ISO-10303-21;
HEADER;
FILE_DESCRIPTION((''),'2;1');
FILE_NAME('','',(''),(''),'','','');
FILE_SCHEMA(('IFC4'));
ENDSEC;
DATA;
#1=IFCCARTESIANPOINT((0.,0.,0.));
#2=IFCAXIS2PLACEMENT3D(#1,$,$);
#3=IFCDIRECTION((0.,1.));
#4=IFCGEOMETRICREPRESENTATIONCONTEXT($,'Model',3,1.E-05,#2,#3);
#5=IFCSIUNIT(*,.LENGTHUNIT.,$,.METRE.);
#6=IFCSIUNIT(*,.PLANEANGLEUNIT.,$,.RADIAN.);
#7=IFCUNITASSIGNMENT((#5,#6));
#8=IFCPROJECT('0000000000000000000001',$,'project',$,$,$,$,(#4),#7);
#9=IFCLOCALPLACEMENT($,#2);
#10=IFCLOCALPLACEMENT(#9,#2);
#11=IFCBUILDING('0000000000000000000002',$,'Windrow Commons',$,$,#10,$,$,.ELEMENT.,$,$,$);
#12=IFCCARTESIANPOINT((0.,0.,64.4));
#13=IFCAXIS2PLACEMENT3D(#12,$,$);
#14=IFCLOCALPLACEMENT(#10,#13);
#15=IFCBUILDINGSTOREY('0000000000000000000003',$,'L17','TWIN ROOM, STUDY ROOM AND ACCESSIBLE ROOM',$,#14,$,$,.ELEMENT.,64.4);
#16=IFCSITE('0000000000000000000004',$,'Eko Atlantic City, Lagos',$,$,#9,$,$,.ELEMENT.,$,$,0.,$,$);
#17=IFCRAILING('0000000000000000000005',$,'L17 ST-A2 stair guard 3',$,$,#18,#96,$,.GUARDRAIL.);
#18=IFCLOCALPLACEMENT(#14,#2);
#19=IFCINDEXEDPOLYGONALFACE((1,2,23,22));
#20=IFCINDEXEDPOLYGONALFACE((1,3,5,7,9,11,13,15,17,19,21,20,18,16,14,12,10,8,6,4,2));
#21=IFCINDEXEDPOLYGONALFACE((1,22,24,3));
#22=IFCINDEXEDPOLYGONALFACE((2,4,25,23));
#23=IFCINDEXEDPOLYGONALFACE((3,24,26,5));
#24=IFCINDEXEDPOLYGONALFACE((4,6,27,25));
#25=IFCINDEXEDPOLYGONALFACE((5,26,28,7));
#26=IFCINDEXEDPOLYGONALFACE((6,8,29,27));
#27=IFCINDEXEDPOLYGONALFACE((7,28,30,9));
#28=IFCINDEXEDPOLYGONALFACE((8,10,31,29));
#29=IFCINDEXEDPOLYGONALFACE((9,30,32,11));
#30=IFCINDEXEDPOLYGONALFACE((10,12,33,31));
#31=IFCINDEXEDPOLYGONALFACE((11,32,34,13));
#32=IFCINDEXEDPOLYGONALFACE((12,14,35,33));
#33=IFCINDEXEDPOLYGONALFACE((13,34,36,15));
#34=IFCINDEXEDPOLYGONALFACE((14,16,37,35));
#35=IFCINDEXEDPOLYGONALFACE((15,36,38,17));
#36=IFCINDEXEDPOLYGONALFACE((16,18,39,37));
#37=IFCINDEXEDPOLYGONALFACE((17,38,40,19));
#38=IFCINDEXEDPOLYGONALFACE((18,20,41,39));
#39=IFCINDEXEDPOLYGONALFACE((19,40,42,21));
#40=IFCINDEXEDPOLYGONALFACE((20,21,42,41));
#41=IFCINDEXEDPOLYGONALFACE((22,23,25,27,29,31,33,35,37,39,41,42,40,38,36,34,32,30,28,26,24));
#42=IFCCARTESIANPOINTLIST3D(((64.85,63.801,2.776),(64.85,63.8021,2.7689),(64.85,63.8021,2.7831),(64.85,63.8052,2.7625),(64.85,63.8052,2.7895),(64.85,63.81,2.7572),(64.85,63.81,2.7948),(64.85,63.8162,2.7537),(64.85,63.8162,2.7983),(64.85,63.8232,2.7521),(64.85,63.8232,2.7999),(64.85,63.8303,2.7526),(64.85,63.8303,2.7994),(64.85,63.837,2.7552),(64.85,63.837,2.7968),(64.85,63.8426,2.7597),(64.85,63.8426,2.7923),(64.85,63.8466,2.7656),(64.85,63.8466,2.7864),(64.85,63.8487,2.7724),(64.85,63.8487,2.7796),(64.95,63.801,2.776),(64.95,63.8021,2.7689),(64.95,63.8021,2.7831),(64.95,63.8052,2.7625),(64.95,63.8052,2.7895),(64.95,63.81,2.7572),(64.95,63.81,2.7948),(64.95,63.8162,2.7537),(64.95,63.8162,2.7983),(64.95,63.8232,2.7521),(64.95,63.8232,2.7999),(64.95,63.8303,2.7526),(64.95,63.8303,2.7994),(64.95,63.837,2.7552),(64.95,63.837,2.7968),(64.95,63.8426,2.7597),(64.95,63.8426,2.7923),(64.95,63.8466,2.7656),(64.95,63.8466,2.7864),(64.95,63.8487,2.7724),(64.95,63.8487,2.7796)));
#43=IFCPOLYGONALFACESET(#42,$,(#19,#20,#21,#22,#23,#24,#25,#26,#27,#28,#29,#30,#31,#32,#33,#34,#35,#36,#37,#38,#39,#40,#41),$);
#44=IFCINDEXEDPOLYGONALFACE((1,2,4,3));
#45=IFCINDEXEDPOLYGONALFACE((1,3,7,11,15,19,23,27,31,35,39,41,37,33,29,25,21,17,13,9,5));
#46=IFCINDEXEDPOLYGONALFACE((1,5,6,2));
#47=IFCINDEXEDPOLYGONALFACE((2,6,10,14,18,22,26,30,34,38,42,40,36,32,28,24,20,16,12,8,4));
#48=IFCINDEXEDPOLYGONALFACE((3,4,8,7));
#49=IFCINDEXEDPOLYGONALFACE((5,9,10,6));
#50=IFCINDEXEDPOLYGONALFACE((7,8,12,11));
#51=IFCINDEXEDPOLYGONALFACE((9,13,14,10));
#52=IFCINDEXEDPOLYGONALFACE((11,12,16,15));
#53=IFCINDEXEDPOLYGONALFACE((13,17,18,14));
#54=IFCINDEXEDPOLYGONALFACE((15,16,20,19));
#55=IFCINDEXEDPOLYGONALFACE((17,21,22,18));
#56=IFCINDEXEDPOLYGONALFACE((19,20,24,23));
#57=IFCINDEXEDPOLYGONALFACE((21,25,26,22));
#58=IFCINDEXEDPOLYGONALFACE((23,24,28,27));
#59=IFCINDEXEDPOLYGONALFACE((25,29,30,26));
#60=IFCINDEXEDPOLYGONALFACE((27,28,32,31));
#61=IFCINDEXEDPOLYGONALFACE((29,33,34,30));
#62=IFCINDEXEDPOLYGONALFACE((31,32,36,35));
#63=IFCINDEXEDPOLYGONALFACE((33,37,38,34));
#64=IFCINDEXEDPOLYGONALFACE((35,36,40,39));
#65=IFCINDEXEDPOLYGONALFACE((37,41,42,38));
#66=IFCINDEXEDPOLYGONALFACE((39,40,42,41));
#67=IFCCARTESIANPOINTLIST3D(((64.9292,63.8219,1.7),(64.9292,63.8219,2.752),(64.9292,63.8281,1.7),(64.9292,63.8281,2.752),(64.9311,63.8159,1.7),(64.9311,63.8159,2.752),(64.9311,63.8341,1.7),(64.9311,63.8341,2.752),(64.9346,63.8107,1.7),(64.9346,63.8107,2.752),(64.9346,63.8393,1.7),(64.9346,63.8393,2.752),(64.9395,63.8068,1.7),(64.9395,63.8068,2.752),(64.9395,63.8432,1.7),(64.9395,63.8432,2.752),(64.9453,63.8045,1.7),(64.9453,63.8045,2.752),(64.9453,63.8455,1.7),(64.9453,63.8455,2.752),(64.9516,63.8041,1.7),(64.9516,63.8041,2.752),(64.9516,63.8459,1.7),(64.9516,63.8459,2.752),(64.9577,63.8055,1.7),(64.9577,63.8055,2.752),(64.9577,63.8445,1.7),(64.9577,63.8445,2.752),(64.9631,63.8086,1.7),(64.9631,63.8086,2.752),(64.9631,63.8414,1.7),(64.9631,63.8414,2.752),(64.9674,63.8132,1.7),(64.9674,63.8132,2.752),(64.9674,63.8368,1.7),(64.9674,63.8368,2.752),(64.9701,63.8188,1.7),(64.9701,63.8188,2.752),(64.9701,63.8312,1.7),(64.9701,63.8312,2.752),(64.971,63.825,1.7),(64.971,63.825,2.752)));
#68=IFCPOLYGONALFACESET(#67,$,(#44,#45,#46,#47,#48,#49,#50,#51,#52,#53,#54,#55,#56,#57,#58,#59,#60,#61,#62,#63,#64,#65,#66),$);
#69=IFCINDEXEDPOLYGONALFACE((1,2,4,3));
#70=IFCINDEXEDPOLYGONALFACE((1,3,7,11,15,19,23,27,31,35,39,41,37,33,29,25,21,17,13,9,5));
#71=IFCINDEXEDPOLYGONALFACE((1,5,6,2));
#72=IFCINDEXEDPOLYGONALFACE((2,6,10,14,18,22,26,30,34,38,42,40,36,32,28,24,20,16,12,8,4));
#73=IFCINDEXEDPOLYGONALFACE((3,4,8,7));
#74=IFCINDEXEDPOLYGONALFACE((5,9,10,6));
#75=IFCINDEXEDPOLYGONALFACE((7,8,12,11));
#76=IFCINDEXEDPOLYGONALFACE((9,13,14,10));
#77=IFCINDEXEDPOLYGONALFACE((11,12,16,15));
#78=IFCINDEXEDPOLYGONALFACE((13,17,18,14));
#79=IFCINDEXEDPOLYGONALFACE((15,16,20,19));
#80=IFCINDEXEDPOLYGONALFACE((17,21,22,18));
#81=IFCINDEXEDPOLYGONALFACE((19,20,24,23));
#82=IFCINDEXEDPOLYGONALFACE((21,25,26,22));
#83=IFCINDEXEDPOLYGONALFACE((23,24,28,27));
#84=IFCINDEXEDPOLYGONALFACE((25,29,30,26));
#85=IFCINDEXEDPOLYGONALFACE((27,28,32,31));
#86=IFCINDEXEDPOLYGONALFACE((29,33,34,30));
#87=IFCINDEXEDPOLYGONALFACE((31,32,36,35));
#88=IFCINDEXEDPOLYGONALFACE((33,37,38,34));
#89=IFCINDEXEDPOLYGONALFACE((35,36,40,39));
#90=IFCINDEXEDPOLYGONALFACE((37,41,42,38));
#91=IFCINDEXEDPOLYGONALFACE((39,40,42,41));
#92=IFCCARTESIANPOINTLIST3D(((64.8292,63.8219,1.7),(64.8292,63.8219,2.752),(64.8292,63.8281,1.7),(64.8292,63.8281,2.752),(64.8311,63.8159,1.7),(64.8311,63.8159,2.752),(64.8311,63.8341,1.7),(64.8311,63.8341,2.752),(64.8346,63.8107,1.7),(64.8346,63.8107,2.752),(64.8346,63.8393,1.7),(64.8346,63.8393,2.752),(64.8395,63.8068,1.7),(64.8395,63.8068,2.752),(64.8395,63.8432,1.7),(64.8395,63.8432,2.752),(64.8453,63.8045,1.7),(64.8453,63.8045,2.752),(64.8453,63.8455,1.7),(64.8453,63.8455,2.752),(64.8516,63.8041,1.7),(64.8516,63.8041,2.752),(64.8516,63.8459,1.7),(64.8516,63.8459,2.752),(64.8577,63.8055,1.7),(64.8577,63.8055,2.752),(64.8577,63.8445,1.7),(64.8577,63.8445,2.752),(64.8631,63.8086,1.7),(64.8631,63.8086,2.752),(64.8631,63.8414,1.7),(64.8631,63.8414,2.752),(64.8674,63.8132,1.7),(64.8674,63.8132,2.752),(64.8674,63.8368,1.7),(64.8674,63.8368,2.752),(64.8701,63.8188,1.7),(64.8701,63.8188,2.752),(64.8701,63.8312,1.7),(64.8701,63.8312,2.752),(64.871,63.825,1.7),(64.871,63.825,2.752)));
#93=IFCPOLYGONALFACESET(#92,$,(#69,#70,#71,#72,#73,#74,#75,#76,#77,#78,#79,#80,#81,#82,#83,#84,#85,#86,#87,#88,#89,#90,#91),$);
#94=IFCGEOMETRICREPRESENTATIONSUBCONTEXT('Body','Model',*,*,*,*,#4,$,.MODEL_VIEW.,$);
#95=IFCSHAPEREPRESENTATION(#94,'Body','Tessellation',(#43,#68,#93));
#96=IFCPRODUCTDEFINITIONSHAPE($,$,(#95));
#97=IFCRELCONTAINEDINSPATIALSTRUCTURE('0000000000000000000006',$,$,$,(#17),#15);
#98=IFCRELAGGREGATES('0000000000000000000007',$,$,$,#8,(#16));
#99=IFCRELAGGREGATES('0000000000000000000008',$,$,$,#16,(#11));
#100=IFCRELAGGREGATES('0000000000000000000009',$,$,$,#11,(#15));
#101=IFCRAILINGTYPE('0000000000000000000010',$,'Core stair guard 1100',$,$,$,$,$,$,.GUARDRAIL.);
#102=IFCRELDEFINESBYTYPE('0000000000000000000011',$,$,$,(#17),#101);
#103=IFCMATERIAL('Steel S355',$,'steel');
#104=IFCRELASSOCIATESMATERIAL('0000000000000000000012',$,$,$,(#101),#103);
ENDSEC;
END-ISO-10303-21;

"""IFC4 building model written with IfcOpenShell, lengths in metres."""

from ifc_helpers import new_model, si_unit, direction, frame, origin, origin_2d, place, context, subcontext, project, spatial, circle, extrude, material, type_object, element, save


model = new_model("IFC4")

# Units and contexts
model_context = context("Model", 3, precision=1e-05, world=origin(), true_north=direction((0.0, 1.0)))
body_context = subcontext(model_context, "Body", "Model", "MODEL_VIEW")
ifc_project = project(units=[si_unit("LENGTHUNIT", "METRE"), si_unit("PLANEANGLEUNIT", "RADIAN")], contexts=[model_context])

# Site, building, storey
site_placement = place(None, origin())
site = spatial("IfcSite", under=ifc_project, at=site_placement, Name="Eko Atlantic City, Lagos", CompositionType="ELEMENT", RefElevation=0.0)
building_placement = place(site_placement, origin())
building = spatial("IfcBuilding", under=site, at=building_placement, Name="Windrow Commons", CompositionType="ELEMENT")
storey_placement = place(building_placement, frame((0.0, 0.0, 64.4)))
storey = spatial("IfcBuildingStorey", under=building, at=storey_placement, Name="L17", Description="TWIN ROOM, STUDY ROOM AND ACCESSIBLE ROOM", CompositionType="ELEMENT", Elevation=64.4)

# Railing
ifc_material_1 = material(Name="Steel S355", Category="steel")
railing_type_1 = type_object("IfcRailingType", Name="Core stair guard 1100", PredefinedType="GUARDRAIL", material=ifc_material_1)
railing_1_placement = place(storey_placement, frame((64.95, 63.825, 1.7)))
element("IfcRailing", 1, at=railing_1_placement, inside=storey, type_object=railing_type_1, Name="L17 ST-A2 stair guard 3", PredefinedType="GUARDRAIL", context=body_context, shape_type="SweptSolid", body=[
    extrude(circle(Radius=0.024, at=origin_2d()), frame((0.0, 0.0, 1.076), z_axis=(-1.0, 0.0, 0.0), x_axis=(0.0, -1.0, 0.0)), (0.0, 0.0, 1.0), 0.1),
    extrude(circle(Radius=0.021, at=origin_2d()), origin(), (0.0, 0.0, 1.0), 1.052),
    extrude(circle(Radius=0.021, at=origin_2d()), frame((-0.1, 0.0, 0.0)), (0.0, 0.0, 1.0), 1.052),
])

save(model, "model.ifc")
